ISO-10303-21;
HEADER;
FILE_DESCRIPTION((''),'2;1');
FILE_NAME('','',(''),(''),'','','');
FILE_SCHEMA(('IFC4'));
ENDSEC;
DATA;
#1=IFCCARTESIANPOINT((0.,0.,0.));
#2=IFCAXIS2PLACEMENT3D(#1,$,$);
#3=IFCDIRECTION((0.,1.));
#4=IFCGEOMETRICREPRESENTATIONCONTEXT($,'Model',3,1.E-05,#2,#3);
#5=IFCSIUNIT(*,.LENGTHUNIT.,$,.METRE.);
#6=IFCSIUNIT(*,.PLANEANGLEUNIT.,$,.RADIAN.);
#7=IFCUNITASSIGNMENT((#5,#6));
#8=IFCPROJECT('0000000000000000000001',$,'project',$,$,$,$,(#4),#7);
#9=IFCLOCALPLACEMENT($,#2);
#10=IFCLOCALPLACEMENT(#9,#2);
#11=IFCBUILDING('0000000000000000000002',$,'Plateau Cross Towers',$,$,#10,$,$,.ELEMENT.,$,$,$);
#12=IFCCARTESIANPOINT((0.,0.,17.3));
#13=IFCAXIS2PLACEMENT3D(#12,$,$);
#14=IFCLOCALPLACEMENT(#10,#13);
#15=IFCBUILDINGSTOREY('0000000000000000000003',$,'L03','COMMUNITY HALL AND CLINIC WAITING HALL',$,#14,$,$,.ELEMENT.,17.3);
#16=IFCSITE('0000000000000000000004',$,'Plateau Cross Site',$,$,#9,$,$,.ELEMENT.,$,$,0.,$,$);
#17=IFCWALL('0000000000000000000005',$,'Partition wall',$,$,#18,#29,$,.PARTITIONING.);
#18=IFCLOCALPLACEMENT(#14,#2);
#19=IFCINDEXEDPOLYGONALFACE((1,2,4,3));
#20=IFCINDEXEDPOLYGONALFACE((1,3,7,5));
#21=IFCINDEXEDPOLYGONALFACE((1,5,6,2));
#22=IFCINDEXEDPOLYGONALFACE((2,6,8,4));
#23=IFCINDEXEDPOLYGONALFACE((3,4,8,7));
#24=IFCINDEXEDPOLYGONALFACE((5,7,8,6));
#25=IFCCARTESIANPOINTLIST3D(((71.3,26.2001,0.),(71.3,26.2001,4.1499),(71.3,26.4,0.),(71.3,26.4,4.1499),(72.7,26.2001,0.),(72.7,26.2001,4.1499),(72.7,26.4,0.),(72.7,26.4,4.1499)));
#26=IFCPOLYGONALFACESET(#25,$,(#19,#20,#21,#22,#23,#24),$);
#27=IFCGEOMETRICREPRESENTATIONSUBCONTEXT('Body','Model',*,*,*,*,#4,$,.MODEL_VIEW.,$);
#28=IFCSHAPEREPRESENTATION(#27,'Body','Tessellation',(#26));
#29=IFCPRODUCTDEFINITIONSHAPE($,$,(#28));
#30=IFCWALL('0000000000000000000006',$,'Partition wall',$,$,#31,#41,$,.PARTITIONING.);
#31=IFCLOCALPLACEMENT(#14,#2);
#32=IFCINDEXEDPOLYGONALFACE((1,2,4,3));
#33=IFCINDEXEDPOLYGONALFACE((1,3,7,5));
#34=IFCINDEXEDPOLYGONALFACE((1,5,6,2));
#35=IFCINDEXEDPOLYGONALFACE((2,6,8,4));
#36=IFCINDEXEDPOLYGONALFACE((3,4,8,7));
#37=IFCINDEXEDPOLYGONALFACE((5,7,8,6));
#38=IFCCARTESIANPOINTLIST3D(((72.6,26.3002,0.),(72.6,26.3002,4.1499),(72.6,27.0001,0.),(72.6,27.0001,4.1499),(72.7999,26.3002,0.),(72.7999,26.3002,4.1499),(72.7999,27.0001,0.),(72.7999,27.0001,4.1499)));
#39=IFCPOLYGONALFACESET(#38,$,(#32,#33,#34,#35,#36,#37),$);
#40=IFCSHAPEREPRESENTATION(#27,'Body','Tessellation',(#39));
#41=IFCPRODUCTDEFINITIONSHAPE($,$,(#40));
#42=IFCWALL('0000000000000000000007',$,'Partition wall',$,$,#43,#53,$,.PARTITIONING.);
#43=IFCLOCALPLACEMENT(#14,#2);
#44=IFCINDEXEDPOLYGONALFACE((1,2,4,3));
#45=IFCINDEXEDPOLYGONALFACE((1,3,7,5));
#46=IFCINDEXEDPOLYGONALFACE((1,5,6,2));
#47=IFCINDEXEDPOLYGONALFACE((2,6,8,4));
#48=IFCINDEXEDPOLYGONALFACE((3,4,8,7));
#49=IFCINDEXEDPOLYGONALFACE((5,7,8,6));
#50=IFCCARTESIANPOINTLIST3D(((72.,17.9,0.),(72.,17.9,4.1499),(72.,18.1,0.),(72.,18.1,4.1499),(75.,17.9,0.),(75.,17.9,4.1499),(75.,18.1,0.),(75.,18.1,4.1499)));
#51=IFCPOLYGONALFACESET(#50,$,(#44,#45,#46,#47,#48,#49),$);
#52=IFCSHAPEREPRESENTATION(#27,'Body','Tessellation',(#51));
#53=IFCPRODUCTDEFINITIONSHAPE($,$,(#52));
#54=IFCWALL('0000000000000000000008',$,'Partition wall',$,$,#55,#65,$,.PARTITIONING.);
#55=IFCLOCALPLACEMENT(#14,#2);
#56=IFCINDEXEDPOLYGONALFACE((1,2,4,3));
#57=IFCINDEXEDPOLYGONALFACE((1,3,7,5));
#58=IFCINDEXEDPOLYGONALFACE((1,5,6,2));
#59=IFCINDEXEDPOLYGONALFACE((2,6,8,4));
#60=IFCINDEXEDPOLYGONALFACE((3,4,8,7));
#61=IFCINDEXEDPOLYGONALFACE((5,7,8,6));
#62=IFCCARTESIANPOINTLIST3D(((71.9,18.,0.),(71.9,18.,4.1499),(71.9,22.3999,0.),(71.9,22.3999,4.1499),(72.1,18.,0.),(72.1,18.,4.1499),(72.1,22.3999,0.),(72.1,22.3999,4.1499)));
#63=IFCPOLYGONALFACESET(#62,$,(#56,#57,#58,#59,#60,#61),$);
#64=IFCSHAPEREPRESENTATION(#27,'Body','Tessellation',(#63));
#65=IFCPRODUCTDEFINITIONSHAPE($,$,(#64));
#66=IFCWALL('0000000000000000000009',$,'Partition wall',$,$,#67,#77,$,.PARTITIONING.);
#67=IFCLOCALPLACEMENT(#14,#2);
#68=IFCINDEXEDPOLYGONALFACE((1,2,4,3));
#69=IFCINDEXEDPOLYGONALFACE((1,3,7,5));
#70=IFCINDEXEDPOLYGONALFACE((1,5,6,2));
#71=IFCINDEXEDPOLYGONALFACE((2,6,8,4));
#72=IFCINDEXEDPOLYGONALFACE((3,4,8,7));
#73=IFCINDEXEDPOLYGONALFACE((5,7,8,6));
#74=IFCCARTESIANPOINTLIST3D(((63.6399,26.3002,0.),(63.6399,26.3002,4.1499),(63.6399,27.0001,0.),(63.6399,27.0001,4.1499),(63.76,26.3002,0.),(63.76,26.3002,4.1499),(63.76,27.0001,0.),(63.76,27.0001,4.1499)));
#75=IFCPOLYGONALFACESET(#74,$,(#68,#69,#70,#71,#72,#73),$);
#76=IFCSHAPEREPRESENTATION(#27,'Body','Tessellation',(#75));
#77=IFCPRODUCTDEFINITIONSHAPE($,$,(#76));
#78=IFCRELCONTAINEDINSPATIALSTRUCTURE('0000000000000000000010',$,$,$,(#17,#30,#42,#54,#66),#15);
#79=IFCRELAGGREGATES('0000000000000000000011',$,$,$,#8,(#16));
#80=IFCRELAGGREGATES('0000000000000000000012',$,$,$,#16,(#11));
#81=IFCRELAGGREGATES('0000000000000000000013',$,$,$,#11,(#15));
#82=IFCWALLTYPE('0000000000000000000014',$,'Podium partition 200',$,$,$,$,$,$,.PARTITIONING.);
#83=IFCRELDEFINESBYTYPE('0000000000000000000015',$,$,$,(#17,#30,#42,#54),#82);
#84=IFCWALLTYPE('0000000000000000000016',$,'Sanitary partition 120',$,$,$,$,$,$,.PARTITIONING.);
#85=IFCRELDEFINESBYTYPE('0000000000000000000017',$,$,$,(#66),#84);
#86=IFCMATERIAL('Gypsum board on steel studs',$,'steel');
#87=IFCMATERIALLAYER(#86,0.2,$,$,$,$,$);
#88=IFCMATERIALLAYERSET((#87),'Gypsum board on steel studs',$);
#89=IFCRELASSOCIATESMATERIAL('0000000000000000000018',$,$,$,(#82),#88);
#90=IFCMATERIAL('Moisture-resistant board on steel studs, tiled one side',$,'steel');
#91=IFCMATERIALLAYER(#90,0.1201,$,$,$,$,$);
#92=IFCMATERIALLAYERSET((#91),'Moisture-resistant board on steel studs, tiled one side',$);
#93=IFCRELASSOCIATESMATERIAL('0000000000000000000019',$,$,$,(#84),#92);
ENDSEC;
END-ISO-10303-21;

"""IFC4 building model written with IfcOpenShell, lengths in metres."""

from ifc_helpers import new_model, si_unit, direction, frame, frame_2d, origin, place, context, subcontext, project, spatial, rectangle, extrude, material, layer, layer_set, type_object, element, save


model = new_model("IFC4")

# Units and contexts
model_context = context("Model", 3, precision=1e-05, world=origin(), true_north=direction((0.0, 1.0)))
body_context = subcontext(model_context, "Body", "Model", "MODEL_VIEW")
ifc_project = project(units=[si_unit("LENGTHUNIT", "METRE"), si_unit("PLANEANGLEUNIT", "RADIAN")], contexts=[model_context])

# Site, building, storey
site_placement = place(None, origin())
site = spatial("IfcSite", under=ifc_project, at=site_placement, Name="Plateau Cross Site", CompositionType="ELEMENT", RefElevation=0.0)
building_placement = place(site_placement, origin())
building = spatial("IfcBuilding", under=site, at=building_placement, Name="Plateau Cross Towers", CompositionType="ELEMENT")
storey_placement = place(building_placement, frame((0.0, 0.0, 17.3)))
storey = spatial("IfcBuildingStorey", under=building, at=storey_placement, Name="L03", Description="COMMUNITY HALL AND CLINIC WAITING HALL", CompositionType="ELEMENT", Elevation=17.3)

# Shared definitions
ifc_material_1 = material(Name="Gypsum board on steel studs", Category="steel")
ifc_layer_1 = layer(ifc_material_1, 0.2)
ifc_layer_set_1 = layer_set([ifc_layer_1], Name="Gypsum board on steel studs")
wall_type_1 = type_object("IfcWallType", Name="Podium partition 200", PredefinedType="PARTITIONING", material=ifc_layer_set_1)

# Walls
wall_1_placement = place(storey_placement, frame((71.3, 26.3, 0.0), z_axis=(0.0, 0.0, 1.0), x_axis=(1.0, 0.0, 0.0)))
element("IfcWall", 1, at=wall_1_placement, inside=storey, type_object=wall_type_1, Name="Partition wall", PredefinedType="PARTITIONING", context=body_context, shape_type="SweptSolid", body=[
    extrude(rectangle(XDim=1.3999, YDim=0.2, at=frame_2d((0.7, 0.0))), origin(), (0.0, 0.0, 1.0), 4.1499),
])
wall_2_placement = place(storey_placement, frame((72.7, 26.3, 0.0), z_axis=(0.0, 0.0, 1.0), x_axis=(0.0, 1.0, 0.0)))
element("IfcWall", 2, at=wall_2_placement, inside=storey, type_object=wall_type_1, Name="Partition wall", PredefinedType="PARTITIONING", context=body_context, shape_type="SweptSolid", body=[
    extrude(rectangle(XDim=0.7, YDim=0.2, at=frame_2d((0.3501, 0.0))), origin(), (0.0, 0.0, 1.0), 4.1499),
])
wall_3_placement = place(storey_placement, frame((75.0, 18.0, 0.0), z_axis=(0.0, 0.0, 1.0), x_axis=(-1.0, 0.0, 0.0)))
element("IfcWall", 3, at=wall_3_placement, inside=storey, type_object=wall_type_1, Name="Partition wall", PredefinedType="PARTITIONING", context=body_context, shape_type="SweptSolid", body=[
    extrude(rectangle(XDim=3.0, YDim=0.2, at=frame_2d((1.5, 0.0))), origin(), (0.0, 0.0, 1.0), 4.1499),
])
wall_4_placement = place(storey_placement, frame((72.0, 18.0, 0.0), z_axis=(0.0, 0.0, 1.0), x_axis=(0.0, 1.0, 0.0)))
element("IfcWall", 4, at=wall_4_placement, inside=storey, type_object=wall_type_1, Name="Partition wall", PredefinedType="PARTITIONING", context=body_context, shape_type="SweptSolid", body=[
    extrude(rectangle(XDim=4.3999, YDim=0.2, at=frame_2d((2.2, 0.0))), origin(), (0.0, 0.0, 1.0), 4.1499),
])
ifc_material_2 = material(Name="Moisture-resistant board on steel studs, tiled one side", Category="steel")
ifc_layer_2 = layer(ifc_material_2, 0.1201)
ifc_layer_set_2 = layer_set([ifc_layer_2], Name="Moisture-resistant board on steel studs, tiled one side")
wall_type_2 = type_object("IfcWallType", Name="Sanitary partition 120", PredefinedType="PARTITIONING", material=ifc_layer_set_2)
wall_5_placement = place(storey_placement, frame((63.7, 26.3, 0.0), z_axis=(0.0, 0.0, 1.0), x_axis=(0.0, 1.0, 0.0)))
element("IfcWall", 5, at=wall_5_placement, inside=storey, type_object=wall_type_2, Name="Partition wall", PredefinedType="PARTITIONING", context=body_context, shape_type="SweptSolid", body=[
    extrude(rectangle(XDim=0.7, YDim=0.1201, at=frame_2d((0.3501, 0.0))), origin(), (0.0, 0.0, 1.0), 4.1499),
])

save(model, "model.ifc")
